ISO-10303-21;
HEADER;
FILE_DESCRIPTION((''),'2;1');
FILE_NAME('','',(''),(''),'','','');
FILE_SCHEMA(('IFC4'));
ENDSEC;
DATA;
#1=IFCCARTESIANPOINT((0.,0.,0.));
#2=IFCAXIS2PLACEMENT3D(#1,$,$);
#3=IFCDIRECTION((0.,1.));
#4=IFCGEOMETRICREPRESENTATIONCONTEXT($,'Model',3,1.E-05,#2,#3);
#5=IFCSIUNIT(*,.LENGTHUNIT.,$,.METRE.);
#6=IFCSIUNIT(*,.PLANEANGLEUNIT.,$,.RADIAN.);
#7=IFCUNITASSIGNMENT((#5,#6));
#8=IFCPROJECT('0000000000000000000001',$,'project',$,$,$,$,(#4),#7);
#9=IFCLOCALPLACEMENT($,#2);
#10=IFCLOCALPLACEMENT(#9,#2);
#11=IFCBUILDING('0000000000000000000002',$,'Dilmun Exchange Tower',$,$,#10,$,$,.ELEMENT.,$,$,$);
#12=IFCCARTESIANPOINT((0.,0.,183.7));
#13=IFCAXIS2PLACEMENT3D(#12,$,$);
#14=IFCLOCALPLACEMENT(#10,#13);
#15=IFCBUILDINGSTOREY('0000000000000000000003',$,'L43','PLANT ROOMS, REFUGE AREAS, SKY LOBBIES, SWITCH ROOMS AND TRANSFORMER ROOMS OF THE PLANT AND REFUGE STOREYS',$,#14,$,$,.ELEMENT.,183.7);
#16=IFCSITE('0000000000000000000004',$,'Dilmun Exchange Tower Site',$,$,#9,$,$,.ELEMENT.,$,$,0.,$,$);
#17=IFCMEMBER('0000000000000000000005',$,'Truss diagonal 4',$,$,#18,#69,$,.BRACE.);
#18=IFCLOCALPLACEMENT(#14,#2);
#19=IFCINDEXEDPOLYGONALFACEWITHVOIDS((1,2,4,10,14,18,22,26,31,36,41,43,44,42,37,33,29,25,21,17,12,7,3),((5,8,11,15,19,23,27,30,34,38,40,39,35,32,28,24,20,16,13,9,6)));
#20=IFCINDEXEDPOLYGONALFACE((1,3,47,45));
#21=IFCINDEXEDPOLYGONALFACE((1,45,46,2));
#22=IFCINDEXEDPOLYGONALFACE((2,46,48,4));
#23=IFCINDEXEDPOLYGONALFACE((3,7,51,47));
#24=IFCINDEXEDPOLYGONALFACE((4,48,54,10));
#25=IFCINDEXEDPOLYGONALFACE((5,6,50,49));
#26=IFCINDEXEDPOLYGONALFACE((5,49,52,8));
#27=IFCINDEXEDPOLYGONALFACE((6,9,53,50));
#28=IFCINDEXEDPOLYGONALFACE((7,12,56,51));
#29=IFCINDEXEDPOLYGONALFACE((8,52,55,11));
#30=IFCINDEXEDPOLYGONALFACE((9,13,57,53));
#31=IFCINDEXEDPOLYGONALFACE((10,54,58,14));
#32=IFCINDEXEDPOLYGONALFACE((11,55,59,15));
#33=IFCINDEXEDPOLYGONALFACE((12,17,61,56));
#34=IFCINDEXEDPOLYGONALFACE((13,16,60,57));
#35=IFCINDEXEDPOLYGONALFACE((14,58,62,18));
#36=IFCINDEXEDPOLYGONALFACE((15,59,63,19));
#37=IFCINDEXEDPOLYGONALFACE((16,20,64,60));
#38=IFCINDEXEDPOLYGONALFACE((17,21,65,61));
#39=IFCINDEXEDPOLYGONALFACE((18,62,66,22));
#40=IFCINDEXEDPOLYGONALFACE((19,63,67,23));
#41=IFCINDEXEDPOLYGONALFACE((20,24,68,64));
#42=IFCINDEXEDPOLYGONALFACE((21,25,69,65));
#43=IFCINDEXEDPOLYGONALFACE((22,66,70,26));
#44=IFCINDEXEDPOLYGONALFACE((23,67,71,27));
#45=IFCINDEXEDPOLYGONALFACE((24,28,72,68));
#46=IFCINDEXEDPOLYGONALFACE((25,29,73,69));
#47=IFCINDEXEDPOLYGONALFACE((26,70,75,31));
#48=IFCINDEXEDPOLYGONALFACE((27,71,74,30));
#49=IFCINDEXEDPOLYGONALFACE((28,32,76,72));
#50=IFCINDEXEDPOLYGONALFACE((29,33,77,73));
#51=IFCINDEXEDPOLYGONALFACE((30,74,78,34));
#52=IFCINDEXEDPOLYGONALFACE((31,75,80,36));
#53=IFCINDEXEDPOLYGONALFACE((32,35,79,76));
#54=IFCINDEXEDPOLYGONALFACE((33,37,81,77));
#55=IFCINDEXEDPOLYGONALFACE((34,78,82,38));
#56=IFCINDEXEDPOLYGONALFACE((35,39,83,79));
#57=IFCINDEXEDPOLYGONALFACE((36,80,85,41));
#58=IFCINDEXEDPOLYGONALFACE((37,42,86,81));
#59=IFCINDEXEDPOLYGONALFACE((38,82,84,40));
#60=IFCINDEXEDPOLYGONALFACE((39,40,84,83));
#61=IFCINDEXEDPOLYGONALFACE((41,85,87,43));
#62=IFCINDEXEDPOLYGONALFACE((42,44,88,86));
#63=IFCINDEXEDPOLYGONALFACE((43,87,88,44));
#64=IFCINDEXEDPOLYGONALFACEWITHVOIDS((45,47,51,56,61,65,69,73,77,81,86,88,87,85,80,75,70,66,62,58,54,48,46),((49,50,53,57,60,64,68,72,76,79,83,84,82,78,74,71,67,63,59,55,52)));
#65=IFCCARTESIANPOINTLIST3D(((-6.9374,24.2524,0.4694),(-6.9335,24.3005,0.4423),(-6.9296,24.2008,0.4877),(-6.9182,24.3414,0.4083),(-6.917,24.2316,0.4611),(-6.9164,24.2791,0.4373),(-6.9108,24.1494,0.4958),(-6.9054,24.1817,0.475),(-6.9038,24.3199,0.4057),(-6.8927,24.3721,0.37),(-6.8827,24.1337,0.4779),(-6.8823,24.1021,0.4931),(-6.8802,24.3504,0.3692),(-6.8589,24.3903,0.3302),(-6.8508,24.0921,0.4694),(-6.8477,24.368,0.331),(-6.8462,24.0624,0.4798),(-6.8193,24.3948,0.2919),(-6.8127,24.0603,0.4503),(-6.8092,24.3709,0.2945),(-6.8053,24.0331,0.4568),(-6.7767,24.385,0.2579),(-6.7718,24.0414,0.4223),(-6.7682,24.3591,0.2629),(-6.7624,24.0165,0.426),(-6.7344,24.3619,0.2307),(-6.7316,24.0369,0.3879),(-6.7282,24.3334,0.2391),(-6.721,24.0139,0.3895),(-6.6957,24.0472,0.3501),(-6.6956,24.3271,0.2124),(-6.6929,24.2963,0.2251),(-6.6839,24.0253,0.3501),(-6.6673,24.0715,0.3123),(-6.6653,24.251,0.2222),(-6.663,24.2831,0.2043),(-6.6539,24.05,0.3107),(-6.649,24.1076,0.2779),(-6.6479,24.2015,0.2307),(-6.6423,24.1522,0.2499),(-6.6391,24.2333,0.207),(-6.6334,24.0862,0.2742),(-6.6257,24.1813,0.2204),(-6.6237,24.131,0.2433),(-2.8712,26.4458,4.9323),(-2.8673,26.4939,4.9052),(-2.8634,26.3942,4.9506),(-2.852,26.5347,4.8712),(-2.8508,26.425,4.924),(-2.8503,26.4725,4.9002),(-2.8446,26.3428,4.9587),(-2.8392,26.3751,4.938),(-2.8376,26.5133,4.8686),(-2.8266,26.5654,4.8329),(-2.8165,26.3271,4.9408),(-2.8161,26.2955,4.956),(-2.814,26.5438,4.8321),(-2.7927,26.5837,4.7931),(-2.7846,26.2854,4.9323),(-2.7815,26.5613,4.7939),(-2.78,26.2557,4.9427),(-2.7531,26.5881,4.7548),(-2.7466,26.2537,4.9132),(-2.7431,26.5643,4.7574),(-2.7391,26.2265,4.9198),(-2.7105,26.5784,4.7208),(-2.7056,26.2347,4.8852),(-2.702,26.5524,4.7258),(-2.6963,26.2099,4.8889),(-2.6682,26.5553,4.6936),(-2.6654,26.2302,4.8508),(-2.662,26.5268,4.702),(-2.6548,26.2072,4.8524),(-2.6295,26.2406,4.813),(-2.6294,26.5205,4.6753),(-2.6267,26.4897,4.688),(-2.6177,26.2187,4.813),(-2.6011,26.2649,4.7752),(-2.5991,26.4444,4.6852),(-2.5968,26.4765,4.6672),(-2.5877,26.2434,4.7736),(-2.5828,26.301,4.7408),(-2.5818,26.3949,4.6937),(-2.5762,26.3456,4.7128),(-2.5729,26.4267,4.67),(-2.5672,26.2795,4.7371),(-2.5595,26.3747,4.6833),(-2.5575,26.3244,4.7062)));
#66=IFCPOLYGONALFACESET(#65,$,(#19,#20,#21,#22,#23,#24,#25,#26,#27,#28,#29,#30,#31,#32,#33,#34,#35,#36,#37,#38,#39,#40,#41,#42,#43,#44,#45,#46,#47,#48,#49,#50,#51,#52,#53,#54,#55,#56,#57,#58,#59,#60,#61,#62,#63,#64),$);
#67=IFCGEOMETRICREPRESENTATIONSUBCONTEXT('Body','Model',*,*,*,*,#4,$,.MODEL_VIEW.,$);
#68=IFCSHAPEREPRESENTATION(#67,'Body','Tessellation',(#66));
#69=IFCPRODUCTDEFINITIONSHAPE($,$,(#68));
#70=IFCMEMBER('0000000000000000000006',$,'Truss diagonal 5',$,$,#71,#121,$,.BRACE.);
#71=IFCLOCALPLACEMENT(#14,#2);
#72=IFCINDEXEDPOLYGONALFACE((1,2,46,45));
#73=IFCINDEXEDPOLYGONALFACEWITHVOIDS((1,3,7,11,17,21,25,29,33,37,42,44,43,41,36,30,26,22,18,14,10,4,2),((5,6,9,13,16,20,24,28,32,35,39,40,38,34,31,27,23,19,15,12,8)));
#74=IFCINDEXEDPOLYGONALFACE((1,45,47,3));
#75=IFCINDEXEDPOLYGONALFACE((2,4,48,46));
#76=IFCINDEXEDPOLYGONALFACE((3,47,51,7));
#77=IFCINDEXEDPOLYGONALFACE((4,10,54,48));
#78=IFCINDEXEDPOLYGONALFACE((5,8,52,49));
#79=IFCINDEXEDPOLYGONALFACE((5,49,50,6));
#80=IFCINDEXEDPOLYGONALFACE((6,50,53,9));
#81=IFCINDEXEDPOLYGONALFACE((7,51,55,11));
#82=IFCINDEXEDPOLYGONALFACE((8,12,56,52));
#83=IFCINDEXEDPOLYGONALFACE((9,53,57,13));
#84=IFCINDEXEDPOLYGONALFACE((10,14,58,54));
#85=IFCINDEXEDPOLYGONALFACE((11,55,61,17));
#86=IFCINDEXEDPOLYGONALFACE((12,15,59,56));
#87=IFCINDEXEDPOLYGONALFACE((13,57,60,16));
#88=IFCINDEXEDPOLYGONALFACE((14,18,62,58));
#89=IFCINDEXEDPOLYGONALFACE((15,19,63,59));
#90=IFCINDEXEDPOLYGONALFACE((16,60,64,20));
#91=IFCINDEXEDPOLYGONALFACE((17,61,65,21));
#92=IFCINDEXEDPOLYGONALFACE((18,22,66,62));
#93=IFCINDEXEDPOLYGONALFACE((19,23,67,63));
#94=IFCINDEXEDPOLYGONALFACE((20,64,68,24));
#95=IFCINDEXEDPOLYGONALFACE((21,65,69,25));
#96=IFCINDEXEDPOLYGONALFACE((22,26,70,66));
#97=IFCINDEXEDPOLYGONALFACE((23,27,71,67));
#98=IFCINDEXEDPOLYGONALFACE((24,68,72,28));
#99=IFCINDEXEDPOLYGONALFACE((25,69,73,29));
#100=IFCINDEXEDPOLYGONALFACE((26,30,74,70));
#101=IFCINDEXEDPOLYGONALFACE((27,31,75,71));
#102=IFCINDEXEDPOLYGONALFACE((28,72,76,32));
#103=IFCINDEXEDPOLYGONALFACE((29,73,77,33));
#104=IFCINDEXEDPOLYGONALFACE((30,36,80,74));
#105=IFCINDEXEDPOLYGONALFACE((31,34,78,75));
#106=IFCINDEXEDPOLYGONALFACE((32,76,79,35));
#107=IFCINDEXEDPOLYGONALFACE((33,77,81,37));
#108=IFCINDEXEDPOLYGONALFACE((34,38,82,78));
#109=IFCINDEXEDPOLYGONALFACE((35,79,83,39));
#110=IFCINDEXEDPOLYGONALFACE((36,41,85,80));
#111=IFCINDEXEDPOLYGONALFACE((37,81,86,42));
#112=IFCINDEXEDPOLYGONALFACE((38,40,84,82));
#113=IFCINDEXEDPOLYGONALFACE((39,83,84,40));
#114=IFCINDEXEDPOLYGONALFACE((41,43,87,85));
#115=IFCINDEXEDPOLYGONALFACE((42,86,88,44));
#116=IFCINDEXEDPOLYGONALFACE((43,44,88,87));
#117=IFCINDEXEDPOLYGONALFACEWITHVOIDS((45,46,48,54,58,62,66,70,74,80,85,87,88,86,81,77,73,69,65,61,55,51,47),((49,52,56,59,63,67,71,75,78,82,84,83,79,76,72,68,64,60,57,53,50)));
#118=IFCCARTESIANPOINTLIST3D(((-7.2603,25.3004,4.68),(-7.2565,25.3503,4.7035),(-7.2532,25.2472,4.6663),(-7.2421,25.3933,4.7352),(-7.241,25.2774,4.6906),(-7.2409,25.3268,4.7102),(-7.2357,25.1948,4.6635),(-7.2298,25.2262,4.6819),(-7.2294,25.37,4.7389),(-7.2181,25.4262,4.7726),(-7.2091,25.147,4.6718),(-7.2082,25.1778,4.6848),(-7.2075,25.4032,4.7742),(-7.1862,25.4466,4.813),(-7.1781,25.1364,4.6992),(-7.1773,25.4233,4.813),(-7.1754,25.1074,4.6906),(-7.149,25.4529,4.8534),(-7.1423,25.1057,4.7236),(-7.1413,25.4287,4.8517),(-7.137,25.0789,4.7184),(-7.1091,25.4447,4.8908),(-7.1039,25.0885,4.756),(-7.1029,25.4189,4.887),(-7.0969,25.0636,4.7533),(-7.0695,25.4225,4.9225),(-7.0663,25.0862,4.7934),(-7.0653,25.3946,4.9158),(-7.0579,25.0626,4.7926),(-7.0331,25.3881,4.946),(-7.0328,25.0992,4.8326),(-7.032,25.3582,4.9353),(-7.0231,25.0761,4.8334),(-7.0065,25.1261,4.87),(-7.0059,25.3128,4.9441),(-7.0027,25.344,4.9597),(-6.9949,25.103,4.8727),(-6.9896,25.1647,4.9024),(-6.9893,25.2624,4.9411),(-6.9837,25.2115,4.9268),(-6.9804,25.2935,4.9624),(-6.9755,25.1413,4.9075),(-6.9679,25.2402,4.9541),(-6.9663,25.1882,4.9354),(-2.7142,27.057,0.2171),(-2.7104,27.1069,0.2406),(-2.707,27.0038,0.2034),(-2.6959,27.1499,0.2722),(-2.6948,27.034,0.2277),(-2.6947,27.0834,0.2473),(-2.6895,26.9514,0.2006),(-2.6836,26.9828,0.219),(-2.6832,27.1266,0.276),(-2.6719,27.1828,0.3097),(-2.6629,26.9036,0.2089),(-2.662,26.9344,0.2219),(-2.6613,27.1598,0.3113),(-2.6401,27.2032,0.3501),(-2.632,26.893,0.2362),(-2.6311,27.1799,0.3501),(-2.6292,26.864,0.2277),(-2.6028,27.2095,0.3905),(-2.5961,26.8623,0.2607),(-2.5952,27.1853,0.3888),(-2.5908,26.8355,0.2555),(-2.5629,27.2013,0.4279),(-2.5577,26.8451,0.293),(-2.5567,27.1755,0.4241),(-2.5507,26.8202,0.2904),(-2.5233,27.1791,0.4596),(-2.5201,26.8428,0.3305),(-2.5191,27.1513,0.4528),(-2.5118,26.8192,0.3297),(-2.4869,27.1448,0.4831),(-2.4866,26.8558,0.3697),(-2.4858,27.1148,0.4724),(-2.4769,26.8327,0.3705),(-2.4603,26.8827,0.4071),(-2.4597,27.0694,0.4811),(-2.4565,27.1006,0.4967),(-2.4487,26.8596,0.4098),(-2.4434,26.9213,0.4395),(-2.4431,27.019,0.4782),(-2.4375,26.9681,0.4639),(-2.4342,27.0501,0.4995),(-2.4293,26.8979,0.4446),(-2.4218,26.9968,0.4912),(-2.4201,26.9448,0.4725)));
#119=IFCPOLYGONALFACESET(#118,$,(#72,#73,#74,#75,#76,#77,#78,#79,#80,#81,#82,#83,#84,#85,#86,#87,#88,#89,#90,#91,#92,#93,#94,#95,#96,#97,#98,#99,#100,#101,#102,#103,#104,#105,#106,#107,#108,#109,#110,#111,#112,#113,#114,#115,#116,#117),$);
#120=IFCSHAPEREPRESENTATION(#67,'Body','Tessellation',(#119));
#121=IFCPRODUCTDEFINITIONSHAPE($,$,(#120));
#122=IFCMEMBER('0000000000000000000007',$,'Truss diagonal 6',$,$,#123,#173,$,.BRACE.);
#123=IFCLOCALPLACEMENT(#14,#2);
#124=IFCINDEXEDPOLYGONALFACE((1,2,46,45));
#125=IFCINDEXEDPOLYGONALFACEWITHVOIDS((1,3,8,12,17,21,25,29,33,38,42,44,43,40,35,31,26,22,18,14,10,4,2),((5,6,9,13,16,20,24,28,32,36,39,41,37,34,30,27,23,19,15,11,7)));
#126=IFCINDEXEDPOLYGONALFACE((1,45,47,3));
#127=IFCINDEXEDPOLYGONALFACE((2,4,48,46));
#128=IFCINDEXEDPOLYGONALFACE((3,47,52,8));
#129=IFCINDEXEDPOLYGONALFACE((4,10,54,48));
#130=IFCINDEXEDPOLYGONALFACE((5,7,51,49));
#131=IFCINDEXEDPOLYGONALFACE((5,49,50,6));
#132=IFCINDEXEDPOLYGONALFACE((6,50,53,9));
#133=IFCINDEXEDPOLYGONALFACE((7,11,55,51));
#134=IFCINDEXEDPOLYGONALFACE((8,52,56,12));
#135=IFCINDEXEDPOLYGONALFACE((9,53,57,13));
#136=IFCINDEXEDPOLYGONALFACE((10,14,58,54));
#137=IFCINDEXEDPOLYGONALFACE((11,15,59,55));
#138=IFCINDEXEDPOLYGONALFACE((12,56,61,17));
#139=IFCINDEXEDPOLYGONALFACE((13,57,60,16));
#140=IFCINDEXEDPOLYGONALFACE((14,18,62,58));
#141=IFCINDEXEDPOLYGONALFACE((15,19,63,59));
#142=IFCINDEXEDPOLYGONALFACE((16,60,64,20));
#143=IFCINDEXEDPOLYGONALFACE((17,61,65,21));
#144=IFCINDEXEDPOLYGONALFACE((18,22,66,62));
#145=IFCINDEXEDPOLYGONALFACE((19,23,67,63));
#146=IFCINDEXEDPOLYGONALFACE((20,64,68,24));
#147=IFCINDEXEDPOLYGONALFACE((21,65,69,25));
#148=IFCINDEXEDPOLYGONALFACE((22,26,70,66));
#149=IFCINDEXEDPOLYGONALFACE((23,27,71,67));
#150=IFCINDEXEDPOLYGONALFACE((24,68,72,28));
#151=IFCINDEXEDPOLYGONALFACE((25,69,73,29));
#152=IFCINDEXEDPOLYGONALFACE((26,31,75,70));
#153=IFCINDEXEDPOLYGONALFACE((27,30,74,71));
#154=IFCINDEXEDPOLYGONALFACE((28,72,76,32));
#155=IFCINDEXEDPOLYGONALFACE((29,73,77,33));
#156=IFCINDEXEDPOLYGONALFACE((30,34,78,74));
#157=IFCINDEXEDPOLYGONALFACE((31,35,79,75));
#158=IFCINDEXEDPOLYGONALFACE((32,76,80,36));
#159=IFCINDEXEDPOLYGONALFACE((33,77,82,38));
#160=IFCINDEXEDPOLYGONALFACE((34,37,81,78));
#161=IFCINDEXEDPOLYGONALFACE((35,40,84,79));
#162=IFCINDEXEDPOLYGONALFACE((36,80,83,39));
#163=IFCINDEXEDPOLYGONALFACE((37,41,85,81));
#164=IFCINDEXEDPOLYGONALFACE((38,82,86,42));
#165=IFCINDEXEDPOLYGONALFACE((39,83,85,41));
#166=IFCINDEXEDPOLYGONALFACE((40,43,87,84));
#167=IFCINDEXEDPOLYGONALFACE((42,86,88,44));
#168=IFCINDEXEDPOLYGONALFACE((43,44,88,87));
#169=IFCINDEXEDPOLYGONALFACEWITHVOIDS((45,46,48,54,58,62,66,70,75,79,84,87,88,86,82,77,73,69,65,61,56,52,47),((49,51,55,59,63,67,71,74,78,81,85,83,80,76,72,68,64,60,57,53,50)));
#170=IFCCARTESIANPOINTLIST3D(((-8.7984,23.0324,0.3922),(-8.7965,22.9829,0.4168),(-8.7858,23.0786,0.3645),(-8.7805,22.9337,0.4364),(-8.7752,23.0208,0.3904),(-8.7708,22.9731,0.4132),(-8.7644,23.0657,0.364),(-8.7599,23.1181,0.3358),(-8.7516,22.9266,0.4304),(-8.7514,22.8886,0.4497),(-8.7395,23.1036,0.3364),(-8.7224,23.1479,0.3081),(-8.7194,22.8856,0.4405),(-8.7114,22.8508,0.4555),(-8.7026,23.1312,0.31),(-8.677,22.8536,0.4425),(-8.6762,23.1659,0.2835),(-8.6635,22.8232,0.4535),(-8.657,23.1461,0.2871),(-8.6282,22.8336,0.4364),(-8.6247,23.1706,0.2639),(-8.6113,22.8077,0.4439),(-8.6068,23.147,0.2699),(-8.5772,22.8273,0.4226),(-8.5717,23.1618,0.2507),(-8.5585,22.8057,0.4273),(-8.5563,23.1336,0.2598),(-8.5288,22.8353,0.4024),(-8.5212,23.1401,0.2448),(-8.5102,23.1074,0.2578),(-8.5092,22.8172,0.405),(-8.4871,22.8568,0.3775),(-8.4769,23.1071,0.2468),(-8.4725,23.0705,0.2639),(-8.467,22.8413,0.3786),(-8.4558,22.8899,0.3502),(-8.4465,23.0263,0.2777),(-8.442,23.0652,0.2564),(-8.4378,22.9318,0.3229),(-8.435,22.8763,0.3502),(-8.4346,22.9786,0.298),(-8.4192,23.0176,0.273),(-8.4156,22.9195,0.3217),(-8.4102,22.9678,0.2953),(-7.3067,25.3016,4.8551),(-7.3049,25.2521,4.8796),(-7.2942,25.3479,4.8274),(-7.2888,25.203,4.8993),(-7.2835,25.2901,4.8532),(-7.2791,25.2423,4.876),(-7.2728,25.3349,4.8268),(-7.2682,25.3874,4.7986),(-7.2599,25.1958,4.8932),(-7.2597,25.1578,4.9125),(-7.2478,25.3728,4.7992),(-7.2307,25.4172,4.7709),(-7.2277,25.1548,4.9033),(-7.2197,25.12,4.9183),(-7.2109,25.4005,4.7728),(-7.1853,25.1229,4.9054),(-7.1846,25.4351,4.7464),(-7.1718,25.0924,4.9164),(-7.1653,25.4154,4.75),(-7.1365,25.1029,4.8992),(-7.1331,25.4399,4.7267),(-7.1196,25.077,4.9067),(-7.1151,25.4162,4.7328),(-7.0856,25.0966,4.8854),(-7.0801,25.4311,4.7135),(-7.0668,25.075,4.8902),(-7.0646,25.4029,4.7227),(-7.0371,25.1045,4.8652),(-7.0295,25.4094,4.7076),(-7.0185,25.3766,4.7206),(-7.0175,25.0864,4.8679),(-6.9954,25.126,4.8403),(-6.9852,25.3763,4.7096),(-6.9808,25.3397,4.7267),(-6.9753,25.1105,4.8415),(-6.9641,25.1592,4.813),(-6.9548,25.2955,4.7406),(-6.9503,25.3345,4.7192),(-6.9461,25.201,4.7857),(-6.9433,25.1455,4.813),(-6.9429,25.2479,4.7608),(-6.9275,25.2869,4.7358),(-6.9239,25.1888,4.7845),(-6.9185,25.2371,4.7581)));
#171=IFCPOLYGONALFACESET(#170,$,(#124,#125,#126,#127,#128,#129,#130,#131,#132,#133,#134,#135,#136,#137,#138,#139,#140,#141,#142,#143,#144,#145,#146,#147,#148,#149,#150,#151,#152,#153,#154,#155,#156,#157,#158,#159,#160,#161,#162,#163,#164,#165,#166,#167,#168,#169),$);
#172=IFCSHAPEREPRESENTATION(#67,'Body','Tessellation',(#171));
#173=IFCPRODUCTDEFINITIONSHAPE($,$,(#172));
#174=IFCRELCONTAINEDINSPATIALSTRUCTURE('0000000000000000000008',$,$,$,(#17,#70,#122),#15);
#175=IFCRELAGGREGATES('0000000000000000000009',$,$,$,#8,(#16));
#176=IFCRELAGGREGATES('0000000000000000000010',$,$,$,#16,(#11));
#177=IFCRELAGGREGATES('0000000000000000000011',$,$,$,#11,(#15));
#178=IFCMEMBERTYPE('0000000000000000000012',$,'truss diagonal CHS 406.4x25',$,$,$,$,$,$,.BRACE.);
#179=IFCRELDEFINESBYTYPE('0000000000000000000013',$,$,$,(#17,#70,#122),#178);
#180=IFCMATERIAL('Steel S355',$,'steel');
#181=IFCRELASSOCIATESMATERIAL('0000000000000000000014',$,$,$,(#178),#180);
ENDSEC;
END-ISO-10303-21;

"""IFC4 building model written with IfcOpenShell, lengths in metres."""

from ifc_helpers import new_model, si_unit, direction, frame, origin, origin_2d, place, context, subcontext, project, spatial, hollow_circle, extrude, material, material_profile, profile_set, type_object, element, save


model = new_model("IFC4")

# Units and contexts
model_context = context("Model", 3, precision=1e-05, world=origin(), true_north=direction((0.0, 1.0)))
body_context = subcontext(model_context, "Body", "Model", "MODEL_VIEW")
ifc_project = project(units=[si_unit("LENGTHUNIT", "METRE"), si_unit("PLANEANGLEUNIT", "RADIAN")], contexts=[model_context])

# Site, building, storey
site_placement = place(None, origin())
site = spatial("IfcSite", under=ifc_project, at=site_placement, Name="Dilmun Exchange Tower Site", CompositionType="ELEMENT", RefElevation=0.0)
building_placement = place(site_placement, origin())
building = spatial("IfcBuilding", under=site, at=building_placement, Name="Dilmun Exchange Tower", CompositionType="ELEMENT")
storey_placement = place(building_placement, frame((0.0, 0.0, 183.7)))
storey = spatial("IfcBuildingStorey", under=building, at=storey_placement, Name="L43", Description="PLANT ROOMS, REFUGE AREAS, SKY LOBBIES, SWITCH ROOMS AND TRANSFORMER ROOMS OF THE PLANT AND REFUGE STOREYS", CompositionType="ELEMENT", Elevation=183.7)

# Shared definitions
ifc_material_1 = material(Name="Steel S355", Category="steel")

# Members
ifc_material_profile_1 = material_profile(ifc_material_1, hollow_circle(Radius=0.2031, WallThickness=0.0249, at=origin_2d()), Name="CHS 406.4x25")
ifc_profile_set_1 = profile_set([ifc_material_profile_1], Name="Steel S355")
member_type_1 = type_object("IfcMemberType", Name="truss diagonal CHS 406.4x25", PredefinedType="BRACE", material=ifc_profile_set_1)
member_1_placement = place(storey_placement, frame((-2.7141, 26.3975, 4.813), z_axis=(-0.633009, -0.341456, -0.694771), x_axis=(0.474752, -0.88012, 0.0)))
element("IfcMember", 1, at=member_1_placement, inside=storey, type_object=member_type_1, Name="Truss diagonal 4", PredefinedType="BRACE", context=body_context, shape_type="SweptSolid", body=[
    extrude(hollow_circle(Radius=0.2031, WallThickness=0.0249, at=origin_2d()), origin(), (0.0, 0.0, 1.0), 6.4236),
])
member_2_placement = place(storey_placement, frame((-7.113, 25.2571, 4.813), z_axis=(0.687938, 0.265814, -0.67534), x_axis=(-0.360422, 0.932789, 0.0)))
element("IfcMember", 2, at=member_2_placement, inside=storey, type_object=member_type_1, Name="Truss diagonal 5", PredefinedType="BRACE", context=body_context, shape_type="SweptSolid", body=[
    extrude(hollow_circle(Radius=0.2031, WallThickness=0.0249, at=origin_2d()), origin(), (0.0, 0.0, 1.0), 6.6084),
])
member_3_placement = place(storey_placement, frame((-7.113, 25.2571, 4.813), z_axis=(-0.285537, -0.43438, -0.854273), x_axis=(0.835629, -0.549294, 0.0)))
element("IfcMember", 3, at=member_3_placement, inside=storey, type_object=member_type_1, Name="Truss diagonal 6", PredefinedType="BRACE", context=body_context, shape_type="SweptSolid", body=[
    extrude(hollow_circle(Radius=0.2031, WallThickness=0.0249, at=origin_2d()), origin(), (0.0, 0.0, 1.0), 5.2241),
])

save(model, "model.ifc")
